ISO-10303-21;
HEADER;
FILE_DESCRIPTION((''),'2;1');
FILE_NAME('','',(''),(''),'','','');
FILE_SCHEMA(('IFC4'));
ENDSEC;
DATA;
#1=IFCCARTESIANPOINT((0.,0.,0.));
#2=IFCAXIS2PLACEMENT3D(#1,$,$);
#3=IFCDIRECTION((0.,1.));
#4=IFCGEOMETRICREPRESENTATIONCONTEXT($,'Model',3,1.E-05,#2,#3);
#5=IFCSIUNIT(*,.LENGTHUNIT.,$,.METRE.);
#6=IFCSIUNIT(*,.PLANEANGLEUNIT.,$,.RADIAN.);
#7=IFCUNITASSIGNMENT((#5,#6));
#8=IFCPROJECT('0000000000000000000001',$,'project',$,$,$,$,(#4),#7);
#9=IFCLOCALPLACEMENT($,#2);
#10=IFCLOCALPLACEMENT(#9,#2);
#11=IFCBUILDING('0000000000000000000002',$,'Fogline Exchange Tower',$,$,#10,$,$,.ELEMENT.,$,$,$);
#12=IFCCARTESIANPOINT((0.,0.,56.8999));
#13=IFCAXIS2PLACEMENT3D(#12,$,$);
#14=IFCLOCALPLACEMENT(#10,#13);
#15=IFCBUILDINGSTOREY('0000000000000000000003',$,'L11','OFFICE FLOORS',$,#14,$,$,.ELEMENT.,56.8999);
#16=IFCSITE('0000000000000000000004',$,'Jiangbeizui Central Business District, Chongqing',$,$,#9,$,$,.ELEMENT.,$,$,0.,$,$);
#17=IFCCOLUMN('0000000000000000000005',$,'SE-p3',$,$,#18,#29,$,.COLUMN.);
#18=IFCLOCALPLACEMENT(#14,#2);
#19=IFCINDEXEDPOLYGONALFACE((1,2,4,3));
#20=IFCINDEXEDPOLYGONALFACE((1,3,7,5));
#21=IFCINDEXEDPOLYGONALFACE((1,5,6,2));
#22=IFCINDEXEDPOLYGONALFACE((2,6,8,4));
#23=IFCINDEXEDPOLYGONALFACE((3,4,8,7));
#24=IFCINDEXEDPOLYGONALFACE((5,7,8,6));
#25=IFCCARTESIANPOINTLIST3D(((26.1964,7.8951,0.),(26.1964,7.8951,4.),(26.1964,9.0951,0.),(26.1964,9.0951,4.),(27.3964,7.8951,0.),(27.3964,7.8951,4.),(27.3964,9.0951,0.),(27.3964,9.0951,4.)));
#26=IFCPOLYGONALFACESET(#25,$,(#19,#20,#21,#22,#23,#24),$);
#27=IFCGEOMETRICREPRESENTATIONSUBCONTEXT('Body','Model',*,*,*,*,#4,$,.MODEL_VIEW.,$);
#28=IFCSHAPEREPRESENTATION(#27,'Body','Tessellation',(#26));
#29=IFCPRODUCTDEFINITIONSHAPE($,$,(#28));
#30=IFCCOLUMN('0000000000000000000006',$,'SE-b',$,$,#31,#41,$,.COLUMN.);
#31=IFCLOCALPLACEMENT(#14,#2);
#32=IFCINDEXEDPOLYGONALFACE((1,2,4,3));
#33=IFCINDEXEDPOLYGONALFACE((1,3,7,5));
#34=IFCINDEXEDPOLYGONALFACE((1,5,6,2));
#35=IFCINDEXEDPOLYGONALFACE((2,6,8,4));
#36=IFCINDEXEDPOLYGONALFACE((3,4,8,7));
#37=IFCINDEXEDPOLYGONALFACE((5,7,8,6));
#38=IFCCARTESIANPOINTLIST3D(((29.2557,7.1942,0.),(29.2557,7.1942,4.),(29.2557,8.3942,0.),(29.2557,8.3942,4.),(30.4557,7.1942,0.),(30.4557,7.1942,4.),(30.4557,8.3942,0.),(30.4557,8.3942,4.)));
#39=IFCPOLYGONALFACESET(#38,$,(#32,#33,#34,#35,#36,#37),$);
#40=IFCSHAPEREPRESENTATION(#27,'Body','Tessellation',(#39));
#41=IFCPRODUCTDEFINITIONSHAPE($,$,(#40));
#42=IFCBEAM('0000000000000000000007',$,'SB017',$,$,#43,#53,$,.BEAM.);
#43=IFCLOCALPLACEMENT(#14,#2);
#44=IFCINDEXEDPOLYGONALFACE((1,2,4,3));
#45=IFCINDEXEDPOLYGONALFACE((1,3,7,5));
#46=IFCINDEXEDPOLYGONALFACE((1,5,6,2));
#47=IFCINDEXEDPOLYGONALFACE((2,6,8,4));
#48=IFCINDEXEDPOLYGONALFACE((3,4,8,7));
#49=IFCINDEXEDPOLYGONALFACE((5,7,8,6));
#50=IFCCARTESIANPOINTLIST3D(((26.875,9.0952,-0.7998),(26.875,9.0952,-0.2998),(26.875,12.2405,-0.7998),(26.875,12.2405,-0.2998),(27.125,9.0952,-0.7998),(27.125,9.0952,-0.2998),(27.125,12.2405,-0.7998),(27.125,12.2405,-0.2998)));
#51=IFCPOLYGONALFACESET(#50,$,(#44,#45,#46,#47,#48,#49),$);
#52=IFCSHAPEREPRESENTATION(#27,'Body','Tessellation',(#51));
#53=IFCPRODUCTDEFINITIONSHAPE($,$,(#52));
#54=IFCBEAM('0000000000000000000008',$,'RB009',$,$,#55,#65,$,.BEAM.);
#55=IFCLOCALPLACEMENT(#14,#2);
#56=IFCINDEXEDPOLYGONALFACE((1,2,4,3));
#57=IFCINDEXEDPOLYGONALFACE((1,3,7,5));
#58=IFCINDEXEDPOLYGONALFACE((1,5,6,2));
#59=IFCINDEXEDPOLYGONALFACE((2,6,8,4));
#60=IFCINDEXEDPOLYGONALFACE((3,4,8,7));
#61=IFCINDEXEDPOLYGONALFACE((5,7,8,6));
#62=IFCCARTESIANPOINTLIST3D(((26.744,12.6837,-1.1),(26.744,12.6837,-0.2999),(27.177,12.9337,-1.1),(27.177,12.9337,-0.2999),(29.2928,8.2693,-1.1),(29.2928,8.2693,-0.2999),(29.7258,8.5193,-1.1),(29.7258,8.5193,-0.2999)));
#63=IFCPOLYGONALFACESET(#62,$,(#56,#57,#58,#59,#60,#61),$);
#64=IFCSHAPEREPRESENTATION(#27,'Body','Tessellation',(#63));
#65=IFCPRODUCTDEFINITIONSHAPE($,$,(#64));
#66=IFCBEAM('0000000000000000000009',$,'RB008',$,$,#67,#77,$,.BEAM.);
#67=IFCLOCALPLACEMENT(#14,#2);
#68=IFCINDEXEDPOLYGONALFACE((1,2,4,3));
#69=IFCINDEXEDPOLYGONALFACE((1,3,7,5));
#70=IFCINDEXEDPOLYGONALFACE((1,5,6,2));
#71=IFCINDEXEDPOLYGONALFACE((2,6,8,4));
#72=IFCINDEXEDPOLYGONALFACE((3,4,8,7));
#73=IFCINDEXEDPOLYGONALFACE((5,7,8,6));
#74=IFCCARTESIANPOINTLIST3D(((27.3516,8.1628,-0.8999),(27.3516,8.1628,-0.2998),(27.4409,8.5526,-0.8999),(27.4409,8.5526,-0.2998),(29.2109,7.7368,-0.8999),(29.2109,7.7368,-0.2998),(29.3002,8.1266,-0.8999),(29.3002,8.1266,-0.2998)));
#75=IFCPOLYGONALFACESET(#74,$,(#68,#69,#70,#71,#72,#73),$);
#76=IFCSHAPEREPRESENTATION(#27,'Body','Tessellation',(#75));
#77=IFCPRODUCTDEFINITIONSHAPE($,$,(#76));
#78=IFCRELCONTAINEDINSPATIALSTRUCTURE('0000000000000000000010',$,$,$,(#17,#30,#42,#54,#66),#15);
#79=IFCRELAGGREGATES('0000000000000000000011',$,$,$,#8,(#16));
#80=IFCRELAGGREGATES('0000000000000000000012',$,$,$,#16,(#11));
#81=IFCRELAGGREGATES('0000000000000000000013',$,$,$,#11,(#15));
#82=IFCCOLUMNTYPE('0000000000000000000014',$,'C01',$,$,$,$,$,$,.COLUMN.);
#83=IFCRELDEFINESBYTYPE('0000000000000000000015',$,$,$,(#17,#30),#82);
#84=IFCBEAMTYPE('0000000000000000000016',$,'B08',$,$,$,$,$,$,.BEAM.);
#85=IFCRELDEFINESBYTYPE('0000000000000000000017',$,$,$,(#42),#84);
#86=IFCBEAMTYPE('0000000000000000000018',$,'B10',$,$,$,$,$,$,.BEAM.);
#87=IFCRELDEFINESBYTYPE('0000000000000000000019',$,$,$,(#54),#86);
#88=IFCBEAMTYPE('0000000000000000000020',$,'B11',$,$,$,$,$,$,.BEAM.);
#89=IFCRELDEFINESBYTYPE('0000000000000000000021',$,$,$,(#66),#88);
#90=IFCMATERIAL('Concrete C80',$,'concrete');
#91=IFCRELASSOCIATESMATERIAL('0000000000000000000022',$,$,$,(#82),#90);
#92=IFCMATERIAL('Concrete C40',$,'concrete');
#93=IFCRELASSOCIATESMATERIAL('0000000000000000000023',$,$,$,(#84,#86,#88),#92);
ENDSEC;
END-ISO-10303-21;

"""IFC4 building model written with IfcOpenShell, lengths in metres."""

from ifc_helpers import new_model, si_unit, direction, frame, origin, origin_2d, place, context, subcontext, project, spatial, rectangle, extrude, material, material_profile, profile_set, type_object, element, save


model = new_model("IFC4")

# Units and contexts
model_context = context("Model", 3, precision=1e-05, world=origin(), true_north=direction((0.0, 1.0)))
body_context = subcontext(model_context, "Body", "Model", "MODEL_VIEW")
ifc_project = project(units=[si_unit("LENGTHUNIT", "METRE"), si_unit("PLANEANGLEUNIT", "RADIAN")], contexts=[model_context])

# Site, building, storey
site_placement = place(None, origin())
site = spatial("IfcSite", under=ifc_project, at=site_placement, Name="Jiangbeizui Central Business District, Chongqing", CompositionType="ELEMENT", RefElevation=0.0)
building_placement = place(site_placement, origin())
building = spatial("IfcBuilding", under=site, at=building_placement, Name="Fogline Exchange Tower", CompositionType="ELEMENT")
storey_placement = place(building_placement, frame((0.0, 0.0, 56.8999)))
storey = spatial("IfcBuildingStorey", under=building, at=storey_placement, Name="L11", Description="OFFICE FLOORS", CompositionType="ELEMENT", Elevation=56.8999)

# Columns
ifc_material_1 = material(Name="Concrete C80", Category="concrete")
ifc_material_profile_1 = material_profile(ifc_material_1, rectangle(XDim=1.2, YDim=1.2, at=origin_2d()), Name="RC 1200x1200")
ifc_profile_set_1 = profile_set([ifc_material_profile_1], Name="Concrete C80")
column_type = type_object("IfcColumnType", Name="C01", PredefinedType="COLUMN", material=ifc_profile_set_1)
for number, where, z_axis, x_axis, name in (
    (1, (26.7964, 8.4951, 0.0), (0.0, 0.0, 1.0), (1.0, 0.0, 0.0), "SE-p3"),
    (2, (29.8557, 7.7942, 0.0), (0.0, 0.0, 1.0), (1.0, 0.0, 0.0), "SE-b"),
):
    element("IfcColumn", number, at=place(storey_placement, frame(where, z_axis=z_axis, x_axis=x_axis)), inside=storey, type_object=column_type, Name=name, PredefinedType="COLUMN", context=body_context, shape_type="SweptSolid", body=[
        extrude(rectangle(XDim=1.2, YDim=1.2, at=origin_2d()), origin(), (0.0, 0.0, 1.0), 4.0),
    ])

# Beams
ifc_material_2 = material(Name="Concrete C40", Category="concrete")
ifc_material_profile_2 = material_profile(ifc_material_2, rectangle(XDim=0.25, YDim=0.5, at=origin_2d()), Name="RC 250x500")
ifc_profile_set_2 = profile_set([ifc_material_profile_2], Name="Concrete C40")
beam_type_1 = type_object("IfcBeamType", Name="B08", PredefinedType="BEAM", material=ifc_profile_set_2)
beam_1_placement = place(storey_placement, frame((27.0, 9.0952, -0.5498), z_axis=(0.0, 1.0, 0.0), x_axis=(-1.0, 0.0, 0.0)))
element("IfcBeam", 3, at=beam_1_placement, inside=storey, type_object=beam_type_1, Name="SB017", PredefinedType="BEAM", context=body_context, shape_type="SweptSolid", body=[
    extrude(rectangle(XDim=0.25, YDim=0.5, at=origin_2d()), origin(), (0.0, 0.0, 1.0), 3.1453),
])
ifc_material_profile_3 = material_profile(ifc_material_2, rectangle(XDim=0.5, YDim=0.8, at=origin_2d()), Name="RC 500x800")
ifc_profile_set_3 = profile_set([ifc_material_profile_3], Name="Concrete C40")
beam_type_2 = type_object("IfcBeamType", Name="B10", PredefinedType="BEAM", material=ifc_profile_set_3)
beam_2_placement = place(storey_placement, frame((29.5093, 8.3943, -0.7), z_axis=(-0.500013, 0.866018, 0.0), x_axis=(-0.866018, -0.500013, 0.0)))
element("IfcBeam", 4, at=beam_2_placement, inside=storey, type_object=beam_type_2, Name="RB009", PredefinedType="BEAM", context=body_context, shape_type="SweptSolid", body=[
    extrude(rectangle(XDim=0.5, YDim=0.8, at=origin_2d()), origin(), (0.0, 0.0, 1.0), 5.0974),
])
ifc_material_profile_4 = material_profile(ifc_material_2, rectangle(XDim=0.3999, YDim=0.6001, at=origin_2d()), Name="RC 400x600")
ifc_profile_set_4 = profile_set([ifc_material_profile_4], Name="Concrete C40")
beam_type_3 = type_object("IfcBeamType", Name="B11", PredefinedType="BEAM", material=ifc_profile_set_4)
beam_3_placement = place(storey_placement, frame((27.3962, 8.3577, -0.5999), z_axis=(0.974742, -0.223336, 0.0), x_axis=(0.223336, 0.974742, 0.0)))
element("IfcBeam", 5, at=beam_3_placement, inside=storey, type_object=beam_type_3, Name="RB008", PredefinedType="BEAM", context=body_context, shape_type="SweptSolid", body=[
    extrude(rectangle(XDim=0.3999, YDim=0.6001, at=origin_2d()), origin(), (0.0, 0.0, 1.0), 1.9075),
])

save(model, "model.ifc")
